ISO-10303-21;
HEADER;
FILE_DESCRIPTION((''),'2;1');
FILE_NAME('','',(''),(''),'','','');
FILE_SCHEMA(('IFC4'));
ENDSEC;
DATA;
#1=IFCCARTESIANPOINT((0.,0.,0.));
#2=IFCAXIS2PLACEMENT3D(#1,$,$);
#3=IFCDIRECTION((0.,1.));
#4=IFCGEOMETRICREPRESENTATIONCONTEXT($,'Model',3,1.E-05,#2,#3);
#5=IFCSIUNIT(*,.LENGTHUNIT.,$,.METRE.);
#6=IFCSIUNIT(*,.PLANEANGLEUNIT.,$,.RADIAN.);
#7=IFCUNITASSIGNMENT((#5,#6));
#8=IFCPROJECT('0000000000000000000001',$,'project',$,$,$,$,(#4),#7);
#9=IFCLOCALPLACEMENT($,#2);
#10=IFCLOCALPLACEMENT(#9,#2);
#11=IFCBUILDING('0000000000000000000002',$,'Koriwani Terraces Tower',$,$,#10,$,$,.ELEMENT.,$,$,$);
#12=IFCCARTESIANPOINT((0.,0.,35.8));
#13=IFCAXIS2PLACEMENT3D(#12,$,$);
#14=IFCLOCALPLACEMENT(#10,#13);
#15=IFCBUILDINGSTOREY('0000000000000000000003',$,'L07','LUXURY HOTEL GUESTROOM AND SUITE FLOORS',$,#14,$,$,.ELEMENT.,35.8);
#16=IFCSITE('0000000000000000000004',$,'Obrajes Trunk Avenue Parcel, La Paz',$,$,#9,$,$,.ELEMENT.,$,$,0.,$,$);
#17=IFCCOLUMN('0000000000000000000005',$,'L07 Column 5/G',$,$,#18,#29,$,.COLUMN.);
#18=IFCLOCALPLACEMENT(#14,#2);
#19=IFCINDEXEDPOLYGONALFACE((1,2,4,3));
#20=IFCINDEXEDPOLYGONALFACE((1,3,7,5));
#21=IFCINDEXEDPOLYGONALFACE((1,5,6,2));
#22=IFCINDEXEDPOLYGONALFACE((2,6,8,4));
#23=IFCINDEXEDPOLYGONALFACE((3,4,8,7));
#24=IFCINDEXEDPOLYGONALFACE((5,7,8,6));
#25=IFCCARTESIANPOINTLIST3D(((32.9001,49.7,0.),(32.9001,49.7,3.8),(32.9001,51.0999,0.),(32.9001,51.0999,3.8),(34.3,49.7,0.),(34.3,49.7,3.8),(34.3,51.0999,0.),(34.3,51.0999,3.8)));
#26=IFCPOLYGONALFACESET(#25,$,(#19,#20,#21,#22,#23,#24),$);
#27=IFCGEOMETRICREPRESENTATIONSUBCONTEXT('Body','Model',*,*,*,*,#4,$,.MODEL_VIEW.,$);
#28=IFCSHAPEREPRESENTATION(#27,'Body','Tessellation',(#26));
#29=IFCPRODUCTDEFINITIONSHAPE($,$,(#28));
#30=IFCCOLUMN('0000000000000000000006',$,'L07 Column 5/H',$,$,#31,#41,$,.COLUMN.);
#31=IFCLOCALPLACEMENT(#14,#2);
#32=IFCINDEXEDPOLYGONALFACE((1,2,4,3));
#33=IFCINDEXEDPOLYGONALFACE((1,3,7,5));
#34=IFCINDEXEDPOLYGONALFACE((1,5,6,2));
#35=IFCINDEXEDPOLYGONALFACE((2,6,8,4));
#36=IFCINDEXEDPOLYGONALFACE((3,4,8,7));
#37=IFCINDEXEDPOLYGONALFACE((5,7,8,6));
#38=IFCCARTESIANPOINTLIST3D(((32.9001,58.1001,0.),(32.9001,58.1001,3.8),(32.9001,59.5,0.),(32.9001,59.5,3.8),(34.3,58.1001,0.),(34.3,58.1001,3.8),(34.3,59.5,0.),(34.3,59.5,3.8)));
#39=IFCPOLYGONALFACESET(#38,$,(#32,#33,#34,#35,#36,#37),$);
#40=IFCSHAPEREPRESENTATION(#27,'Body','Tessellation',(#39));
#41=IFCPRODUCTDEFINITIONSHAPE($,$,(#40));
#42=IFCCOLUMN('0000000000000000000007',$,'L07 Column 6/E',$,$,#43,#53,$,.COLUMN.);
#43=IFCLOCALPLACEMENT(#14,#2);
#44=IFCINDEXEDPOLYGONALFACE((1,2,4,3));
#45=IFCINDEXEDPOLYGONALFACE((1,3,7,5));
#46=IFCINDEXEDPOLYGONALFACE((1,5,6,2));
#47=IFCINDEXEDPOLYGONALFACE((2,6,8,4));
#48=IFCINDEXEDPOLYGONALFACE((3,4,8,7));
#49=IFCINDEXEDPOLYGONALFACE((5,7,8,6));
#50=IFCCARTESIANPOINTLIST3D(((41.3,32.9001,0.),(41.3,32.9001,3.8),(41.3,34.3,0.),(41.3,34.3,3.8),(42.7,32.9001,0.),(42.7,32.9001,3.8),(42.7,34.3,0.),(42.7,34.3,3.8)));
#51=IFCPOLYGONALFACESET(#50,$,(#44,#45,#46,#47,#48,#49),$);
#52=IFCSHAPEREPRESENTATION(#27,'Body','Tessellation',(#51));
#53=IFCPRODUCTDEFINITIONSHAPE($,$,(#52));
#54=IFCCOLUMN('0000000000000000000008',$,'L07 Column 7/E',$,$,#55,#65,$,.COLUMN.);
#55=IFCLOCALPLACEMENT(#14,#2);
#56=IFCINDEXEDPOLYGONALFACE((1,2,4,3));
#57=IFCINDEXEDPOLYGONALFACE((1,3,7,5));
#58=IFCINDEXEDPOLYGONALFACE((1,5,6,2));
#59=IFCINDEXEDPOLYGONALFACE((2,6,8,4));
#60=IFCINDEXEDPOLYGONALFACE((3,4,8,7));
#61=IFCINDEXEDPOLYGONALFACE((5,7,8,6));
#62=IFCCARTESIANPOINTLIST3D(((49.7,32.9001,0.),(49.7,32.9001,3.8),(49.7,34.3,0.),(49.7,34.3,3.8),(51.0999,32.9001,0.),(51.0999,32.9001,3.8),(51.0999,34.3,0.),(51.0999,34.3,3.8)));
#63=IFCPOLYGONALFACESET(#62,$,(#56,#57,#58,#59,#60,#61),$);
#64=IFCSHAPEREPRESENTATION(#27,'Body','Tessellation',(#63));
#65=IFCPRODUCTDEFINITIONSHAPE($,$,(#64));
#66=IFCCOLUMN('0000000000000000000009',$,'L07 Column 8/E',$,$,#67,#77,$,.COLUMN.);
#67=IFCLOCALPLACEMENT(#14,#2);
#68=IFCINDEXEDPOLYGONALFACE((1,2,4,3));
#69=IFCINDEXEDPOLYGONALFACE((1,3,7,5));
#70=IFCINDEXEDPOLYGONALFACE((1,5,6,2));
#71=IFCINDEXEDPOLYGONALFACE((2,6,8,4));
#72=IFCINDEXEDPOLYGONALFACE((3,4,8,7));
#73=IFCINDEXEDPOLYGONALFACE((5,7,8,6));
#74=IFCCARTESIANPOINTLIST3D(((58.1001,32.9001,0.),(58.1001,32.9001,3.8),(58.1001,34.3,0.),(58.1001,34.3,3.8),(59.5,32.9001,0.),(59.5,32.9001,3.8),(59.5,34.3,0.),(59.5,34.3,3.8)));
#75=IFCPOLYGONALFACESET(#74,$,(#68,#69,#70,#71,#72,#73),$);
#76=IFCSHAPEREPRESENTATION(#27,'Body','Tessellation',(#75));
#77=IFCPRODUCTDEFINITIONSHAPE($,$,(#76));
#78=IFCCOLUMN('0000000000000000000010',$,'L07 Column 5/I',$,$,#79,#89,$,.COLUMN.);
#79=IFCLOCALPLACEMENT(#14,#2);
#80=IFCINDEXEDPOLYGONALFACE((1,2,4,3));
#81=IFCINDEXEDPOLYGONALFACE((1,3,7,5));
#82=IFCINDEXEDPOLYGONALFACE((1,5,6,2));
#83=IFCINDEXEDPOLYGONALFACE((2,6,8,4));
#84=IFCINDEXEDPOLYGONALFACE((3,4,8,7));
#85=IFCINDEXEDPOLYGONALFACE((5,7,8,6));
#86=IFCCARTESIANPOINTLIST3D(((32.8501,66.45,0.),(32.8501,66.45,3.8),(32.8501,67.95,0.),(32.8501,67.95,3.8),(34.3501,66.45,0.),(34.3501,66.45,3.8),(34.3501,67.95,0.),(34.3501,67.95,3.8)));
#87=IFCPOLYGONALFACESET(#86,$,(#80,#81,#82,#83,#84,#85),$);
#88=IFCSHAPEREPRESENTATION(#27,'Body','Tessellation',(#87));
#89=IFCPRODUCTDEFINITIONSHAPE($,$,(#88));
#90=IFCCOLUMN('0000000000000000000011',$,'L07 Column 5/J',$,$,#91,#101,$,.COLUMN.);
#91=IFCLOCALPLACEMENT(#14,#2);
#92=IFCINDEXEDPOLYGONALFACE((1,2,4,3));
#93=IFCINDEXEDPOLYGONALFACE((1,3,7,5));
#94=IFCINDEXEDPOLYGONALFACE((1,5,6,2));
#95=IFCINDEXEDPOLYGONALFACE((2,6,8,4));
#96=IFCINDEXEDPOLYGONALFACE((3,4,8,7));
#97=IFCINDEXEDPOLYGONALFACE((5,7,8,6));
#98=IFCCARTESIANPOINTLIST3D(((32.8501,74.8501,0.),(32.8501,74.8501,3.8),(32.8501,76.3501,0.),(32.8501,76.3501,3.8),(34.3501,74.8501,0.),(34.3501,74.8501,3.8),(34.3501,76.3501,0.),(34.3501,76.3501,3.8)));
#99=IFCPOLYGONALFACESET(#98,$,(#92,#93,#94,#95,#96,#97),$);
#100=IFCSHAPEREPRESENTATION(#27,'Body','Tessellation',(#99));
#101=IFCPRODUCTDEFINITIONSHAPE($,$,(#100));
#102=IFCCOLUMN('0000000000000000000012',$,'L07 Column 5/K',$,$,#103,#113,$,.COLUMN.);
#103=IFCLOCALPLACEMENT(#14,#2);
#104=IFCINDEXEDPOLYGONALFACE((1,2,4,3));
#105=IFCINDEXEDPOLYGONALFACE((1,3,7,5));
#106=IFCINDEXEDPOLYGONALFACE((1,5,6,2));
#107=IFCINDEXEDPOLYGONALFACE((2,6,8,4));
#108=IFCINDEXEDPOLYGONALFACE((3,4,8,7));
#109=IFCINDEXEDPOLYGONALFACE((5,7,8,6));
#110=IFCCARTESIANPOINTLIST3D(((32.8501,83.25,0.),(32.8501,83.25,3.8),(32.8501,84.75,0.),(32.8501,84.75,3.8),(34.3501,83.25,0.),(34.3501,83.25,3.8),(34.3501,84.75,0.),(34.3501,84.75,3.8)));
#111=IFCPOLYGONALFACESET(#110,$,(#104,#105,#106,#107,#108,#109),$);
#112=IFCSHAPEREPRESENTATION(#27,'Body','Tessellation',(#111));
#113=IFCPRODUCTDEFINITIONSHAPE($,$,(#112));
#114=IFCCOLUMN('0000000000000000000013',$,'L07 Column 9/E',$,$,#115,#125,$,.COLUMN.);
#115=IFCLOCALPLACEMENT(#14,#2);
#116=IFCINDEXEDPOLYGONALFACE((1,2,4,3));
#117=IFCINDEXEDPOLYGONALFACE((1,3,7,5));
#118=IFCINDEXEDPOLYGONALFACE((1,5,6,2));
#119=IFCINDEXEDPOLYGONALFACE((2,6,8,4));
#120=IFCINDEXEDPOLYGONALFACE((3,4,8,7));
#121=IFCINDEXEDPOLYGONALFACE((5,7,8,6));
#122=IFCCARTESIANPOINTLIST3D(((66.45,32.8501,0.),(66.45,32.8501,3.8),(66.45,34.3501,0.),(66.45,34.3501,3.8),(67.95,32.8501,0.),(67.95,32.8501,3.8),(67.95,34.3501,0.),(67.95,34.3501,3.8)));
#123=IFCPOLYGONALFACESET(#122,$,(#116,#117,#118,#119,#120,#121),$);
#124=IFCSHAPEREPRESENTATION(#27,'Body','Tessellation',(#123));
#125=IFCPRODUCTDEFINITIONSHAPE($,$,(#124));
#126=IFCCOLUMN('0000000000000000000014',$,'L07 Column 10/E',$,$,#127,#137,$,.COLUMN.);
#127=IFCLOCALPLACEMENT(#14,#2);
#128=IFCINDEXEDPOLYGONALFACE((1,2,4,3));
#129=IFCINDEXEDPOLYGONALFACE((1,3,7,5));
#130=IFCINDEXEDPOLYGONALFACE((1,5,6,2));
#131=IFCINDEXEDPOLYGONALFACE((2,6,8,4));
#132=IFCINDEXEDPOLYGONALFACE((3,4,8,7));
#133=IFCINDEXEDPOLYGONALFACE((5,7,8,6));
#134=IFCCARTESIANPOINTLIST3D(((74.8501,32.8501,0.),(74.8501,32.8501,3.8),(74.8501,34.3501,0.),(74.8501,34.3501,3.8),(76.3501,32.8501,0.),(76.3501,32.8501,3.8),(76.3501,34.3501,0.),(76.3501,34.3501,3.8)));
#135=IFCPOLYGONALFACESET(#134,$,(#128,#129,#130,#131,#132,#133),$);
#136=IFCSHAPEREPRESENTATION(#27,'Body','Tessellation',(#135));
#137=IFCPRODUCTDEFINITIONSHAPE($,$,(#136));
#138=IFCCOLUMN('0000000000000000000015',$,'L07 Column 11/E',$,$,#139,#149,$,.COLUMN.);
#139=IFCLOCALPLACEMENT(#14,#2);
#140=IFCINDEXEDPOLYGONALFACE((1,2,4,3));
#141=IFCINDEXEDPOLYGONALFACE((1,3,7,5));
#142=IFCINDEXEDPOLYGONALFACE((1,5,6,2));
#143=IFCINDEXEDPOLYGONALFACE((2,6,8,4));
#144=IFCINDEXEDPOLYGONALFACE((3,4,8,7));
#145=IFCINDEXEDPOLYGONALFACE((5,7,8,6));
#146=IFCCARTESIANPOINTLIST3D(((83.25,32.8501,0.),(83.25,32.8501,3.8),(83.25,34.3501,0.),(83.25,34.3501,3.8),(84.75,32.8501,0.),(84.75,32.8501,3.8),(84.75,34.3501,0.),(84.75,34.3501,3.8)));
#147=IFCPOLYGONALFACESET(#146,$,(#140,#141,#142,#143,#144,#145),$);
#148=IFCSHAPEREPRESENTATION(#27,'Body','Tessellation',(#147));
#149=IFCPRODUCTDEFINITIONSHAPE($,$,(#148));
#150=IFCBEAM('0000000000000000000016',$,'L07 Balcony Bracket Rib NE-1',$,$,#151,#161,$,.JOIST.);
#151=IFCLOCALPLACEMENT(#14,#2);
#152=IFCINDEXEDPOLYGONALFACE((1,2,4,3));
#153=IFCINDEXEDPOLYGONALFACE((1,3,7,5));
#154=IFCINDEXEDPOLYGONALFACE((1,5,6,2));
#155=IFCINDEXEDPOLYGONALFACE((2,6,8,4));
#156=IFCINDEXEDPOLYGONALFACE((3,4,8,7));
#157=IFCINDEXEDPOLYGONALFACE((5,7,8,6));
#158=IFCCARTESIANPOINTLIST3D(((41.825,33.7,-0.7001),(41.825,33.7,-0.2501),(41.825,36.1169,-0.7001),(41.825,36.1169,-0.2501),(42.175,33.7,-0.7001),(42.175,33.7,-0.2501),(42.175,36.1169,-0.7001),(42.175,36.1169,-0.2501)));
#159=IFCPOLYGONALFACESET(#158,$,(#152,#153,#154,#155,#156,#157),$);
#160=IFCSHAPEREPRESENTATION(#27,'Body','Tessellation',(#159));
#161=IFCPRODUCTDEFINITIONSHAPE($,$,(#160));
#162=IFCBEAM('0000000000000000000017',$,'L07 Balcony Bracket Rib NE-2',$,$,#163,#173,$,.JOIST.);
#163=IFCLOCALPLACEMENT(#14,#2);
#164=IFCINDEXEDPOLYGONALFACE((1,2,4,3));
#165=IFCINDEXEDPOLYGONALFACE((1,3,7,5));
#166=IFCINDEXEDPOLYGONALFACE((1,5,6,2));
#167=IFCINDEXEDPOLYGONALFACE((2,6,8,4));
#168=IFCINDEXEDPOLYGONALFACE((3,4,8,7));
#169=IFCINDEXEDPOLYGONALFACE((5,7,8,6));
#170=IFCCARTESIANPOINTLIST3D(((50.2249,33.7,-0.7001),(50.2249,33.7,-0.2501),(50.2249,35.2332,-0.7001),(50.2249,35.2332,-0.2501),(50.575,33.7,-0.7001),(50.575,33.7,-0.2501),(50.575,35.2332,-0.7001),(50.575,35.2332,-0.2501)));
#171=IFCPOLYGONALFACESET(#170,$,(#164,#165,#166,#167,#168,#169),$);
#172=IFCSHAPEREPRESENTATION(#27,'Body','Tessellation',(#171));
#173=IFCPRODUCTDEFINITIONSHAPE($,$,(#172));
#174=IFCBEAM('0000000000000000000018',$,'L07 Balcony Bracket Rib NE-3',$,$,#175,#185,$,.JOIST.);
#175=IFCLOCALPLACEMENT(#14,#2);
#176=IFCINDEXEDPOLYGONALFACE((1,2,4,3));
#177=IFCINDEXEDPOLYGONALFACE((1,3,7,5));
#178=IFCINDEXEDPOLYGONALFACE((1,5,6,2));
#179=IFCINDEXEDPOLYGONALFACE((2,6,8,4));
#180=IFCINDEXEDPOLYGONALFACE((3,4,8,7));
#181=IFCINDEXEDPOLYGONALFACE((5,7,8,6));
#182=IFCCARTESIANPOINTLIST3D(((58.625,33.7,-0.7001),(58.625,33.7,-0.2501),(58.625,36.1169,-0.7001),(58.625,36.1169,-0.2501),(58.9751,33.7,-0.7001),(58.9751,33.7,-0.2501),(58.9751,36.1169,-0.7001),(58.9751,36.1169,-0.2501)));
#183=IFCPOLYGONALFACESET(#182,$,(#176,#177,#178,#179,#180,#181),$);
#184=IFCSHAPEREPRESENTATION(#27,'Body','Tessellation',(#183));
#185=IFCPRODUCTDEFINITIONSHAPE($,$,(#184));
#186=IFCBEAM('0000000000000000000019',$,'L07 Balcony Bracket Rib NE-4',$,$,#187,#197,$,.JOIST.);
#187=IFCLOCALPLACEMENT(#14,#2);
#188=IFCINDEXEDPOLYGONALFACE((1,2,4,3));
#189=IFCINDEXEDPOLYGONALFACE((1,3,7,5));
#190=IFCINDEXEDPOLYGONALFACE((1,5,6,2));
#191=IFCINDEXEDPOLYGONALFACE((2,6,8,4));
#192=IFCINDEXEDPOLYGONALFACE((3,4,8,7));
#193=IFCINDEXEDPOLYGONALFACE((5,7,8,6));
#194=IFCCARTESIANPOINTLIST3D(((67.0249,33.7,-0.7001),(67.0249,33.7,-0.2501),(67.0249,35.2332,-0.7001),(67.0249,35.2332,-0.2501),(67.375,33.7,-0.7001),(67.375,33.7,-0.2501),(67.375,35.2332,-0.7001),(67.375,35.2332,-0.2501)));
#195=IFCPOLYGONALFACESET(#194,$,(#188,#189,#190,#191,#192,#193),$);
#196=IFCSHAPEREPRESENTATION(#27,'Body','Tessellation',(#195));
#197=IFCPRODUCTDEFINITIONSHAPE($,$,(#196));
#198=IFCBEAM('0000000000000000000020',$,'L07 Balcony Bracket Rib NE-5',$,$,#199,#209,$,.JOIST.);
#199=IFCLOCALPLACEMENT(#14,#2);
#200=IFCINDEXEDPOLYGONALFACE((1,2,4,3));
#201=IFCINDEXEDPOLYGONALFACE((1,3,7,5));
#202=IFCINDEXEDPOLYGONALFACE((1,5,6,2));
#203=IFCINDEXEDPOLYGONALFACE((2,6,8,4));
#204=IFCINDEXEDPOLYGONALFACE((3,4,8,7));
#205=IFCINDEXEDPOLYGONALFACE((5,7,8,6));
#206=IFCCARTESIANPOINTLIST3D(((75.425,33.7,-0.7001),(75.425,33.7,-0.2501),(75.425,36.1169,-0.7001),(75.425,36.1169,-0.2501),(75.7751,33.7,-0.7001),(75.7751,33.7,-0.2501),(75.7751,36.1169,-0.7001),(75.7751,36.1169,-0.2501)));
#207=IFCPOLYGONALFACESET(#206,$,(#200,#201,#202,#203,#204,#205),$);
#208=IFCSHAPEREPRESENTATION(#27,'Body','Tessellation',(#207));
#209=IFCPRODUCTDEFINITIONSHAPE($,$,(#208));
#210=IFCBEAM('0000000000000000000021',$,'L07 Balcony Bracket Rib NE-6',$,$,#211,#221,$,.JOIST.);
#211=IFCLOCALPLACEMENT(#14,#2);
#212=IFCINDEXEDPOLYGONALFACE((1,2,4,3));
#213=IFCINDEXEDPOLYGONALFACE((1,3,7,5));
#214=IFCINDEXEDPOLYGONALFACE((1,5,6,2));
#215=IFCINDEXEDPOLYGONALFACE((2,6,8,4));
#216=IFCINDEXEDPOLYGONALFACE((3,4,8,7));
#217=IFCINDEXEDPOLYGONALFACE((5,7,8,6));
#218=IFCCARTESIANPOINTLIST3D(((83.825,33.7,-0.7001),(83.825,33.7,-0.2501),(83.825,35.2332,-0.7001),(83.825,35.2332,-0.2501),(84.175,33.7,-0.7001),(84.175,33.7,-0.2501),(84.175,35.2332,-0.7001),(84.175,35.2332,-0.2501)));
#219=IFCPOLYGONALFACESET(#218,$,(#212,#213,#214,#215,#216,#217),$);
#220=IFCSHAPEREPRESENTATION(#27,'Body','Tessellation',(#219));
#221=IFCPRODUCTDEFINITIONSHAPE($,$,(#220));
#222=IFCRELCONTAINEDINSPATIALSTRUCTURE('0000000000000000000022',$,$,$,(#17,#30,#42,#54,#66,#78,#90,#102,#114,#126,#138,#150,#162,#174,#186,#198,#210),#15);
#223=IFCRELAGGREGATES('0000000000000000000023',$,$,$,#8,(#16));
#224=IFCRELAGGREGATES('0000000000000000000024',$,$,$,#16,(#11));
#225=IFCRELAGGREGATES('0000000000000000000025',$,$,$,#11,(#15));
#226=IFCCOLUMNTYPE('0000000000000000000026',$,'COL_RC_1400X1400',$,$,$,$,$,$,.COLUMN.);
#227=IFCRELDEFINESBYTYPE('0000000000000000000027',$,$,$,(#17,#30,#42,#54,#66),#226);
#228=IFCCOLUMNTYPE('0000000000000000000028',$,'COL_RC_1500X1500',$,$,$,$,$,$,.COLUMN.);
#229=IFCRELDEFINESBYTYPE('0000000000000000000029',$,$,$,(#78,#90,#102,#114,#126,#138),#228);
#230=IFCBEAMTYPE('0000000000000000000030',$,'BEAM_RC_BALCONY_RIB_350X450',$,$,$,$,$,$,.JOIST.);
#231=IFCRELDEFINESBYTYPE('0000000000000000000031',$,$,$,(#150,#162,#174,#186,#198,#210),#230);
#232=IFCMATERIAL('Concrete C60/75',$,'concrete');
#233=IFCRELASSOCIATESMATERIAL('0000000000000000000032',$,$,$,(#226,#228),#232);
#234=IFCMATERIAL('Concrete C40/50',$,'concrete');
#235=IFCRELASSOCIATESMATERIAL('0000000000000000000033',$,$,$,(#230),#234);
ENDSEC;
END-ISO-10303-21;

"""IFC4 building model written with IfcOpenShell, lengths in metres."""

from ifc_helpers import new_model, si_unit, direction, frame, origin, origin_2d, place, context, subcontext, project, spatial, rectangle, extrude, material, material_profile, profile_set, type_object, element, save


model = new_model("IFC4")

# Units and contexts
model_context = context("Model", 3, precision=1e-05, world=origin(), true_north=direction((0.0, 1.0)))
body_context = subcontext(model_context, "Body", "Model", "MODEL_VIEW")
ifc_project = project(units=[si_unit("LENGTHUNIT", "METRE"), si_unit("PLANEANGLEUNIT", "RADIAN")], contexts=[model_context])

# Site, building, storey
site_placement = place(None, origin())
site = spatial("IfcSite", under=ifc_project, at=site_placement, Name="Obrajes Trunk Avenue Parcel, La Paz", CompositionType="ELEMENT", RefElevation=0.0)
building_placement = place(site_placement, origin())
building = spatial("IfcBuilding", under=site, at=building_placement, Name="Koriwani Terraces Tower", CompositionType="ELEMENT")
storey_placement = place(building_placement, frame((0.0, 0.0, 35.8)))
storey = spatial("IfcBuildingStorey", under=building, at=storey_placement, Name="L07", Description="LUXURY HOTEL GUESTROOM AND SUITE FLOORS", CompositionType="ELEMENT", Elevation=35.8)

# Columns
ifc_material_1 = material(Name="Concrete C60/75", Category="concrete")
ifc_material_profile_1 = material_profile(ifc_material_1, rectangle(XDim=1.3999, YDim=1.3999, at=origin_2d()), Name="Concrete C60/75", Category="LoadBearing")
ifc_profile_set_1 = profile_set([ifc_material_profile_1], Name="Concrete C60/75")
column_type_1 = type_object("IfcColumnType", Name="COL_RC_1400X1400", PredefinedType="COLUMN", material=ifc_profile_set_1)
for number, where, z_axis, x_axis, name in (
    (1, (33.6001, 50.3999, 0.0), (0.0, 0.0, 1.0), (1.0, 0.0, 0.0), "L07 Column 5/G"),
    (2, (33.6001, 58.8, 0.0), (0.0, 0.0, 1.0), (1.0, 0.0, 0.0), "L07 Column 5/H"),
    (3, (42.0, 33.6001, 0.0), (0.0, 0.0, 1.0), (1.0, 0.0, 0.0), "L07 Column 6/E"),
    (4, (50.3999, 33.6001, 0.0), (0.0, 0.0, 1.0), (1.0, 0.0, 0.0), "L07 Column 7/E"),
    (5, (58.8, 33.6001, 0.0), (0.0, 0.0, 1.0), (1.0, 0.0, 0.0), "L07 Column 8/E"),
):
    element("IfcColumn", number, at=place(storey_placement, frame(where, z_axis=z_axis, x_axis=x_axis)), inside=storey, type_object=column_type_1, Name=name, PredefinedType="COLUMN", context=body_context, shape_type="SweptSolid", body=[
        extrude(rectangle(XDim=1.3999, YDim=1.3999, at=origin_2d()), origin(), (0.0, 0.0, 1.0), 3.8),
    ])
ifc_material_profile_2 = material_profile(ifc_material_1, rectangle(XDim=1.5, YDim=1.5, at=origin_2d()), Name="Concrete C60/75", Category="LoadBearing")
ifc_profile_set_2 = profile_set([ifc_material_profile_2], Name="Concrete C60/75")
column_type_2 = type_object("IfcColumnType", Name="COL_RC_1500X1500", PredefinedType="COLUMN", material=ifc_profile_set_2)
for number, where, z_axis, x_axis, name in (
    (6, (33.6001, 67.2, 0.0), (0.0, 0.0, 1.0), (1.0, 0.0, 0.0), "L07 Column 5/I"),
    (7, (33.6001, 75.6001, 0.0), (0.0, 0.0, 1.0), (1.0, 0.0, 0.0), "L07 Column 5/J"),
    (8, (33.6001, 84.0, 0.0), (0.0, 0.0, 1.0), (1.0, 0.0, 0.0), "L07 Column 5/K"),
    (9, (67.2, 33.6001, 0.0), (0.0, 0.0, 1.0), (1.0, 0.0, 0.0), "L07 Column 9/E"),
    (10, (75.6001, 33.6001, 0.0), (0.0, 0.0, 1.0), (1.0, 0.0, 0.0), "L07 Column 10/E"),
    (11, (84.0, 33.6001, 0.0), (0.0, 0.0, 1.0), (1.0, 0.0, 0.0), "L07 Column 11/E"),
):
    element("IfcColumn", number, at=place(storey_placement, frame(where, z_axis=z_axis, x_axis=x_axis)), inside=storey, type_object=column_type_2, Name=name, PredefinedType="COLUMN", context=body_context, shape_type="SweptSolid", body=[
        extrude(rectangle(XDim=1.5, YDim=1.5, at=origin_2d()), origin(), (0.0, 0.0, 1.0), 3.8),
    ])

# Beams
ifc_material_2 = material(Name="Concrete C40/50", Category="concrete")
ifc_material_profile_3 = material_profile(ifc_material_2, rectangle(XDim=0.3501, YDim=0.45, at=origin_2d()), Name="Concrete C40/50", Category="LoadBearing")
ifc_profile_set_3 = profile_set([ifc_material_profile_3], Name="Concrete C40/50")
beam_type_1 = type_object("IfcBeamType", Name="BEAM_RC_BALCONY_RIB_350X450", PredefinedType="JOIST", material=ifc_profile_set_3)
beam_1_placement = place(storey_placement, frame((42.0, 33.7, -0.4751), z_axis=(0.0, 1.0, 0.0), x_axis=(-1.0, 0.0, 0.0)))
element("IfcBeam", 12, at=beam_1_placement, inside=storey, type_object=beam_type_1, Name="L07 Balcony Bracket Rib NE-1", PredefinedType="JOIST", context=body_context, shape_type="SweptSolid", body=[
    extrude(rectangle(XDim=0.3501, YDim=0.45, at=origin_2d()), origin(), (0.0, 0.0, 1.0), 2.417),
])
beam_2_placement = place(storey_placement, frame((50.3999, 33.7, -0.4751), z_axis=(0.0, 1.0, 0.0), x_axis=(-1.0, 0.0, 0.0)))
element("IfcBeam", 13, at=beam_2_placement, inside=storey, type_object=beam_type_1, Name="L07 Balcony Bracket Rib NE-2", PredefinedType="JOIST", context=body_context, shape_type="SweptSolid", body=[
    extrude(rectangle(XDim=0.3501, YDim=0.45, at=origin_2d()), origin(), (0.0, 0.0, 1.0), 1.5332),
])
beam_3_placement = place(storey_placement, frame((58.8, 33.7, -0.4751), z_axis=(0.0, 1.0, 0.0), x_axis=(-1.0, 0.0, 0.0)))
element("IfcBeam", 14, at=beam_3_placement, inside=storey, type_object=beam_type_1, Name="L07 Balcony Bracket Rib NE-3", PredefinedType="JOIST", context=body_context, shape_type="SweptSolid", body=[
    extrude(rectangle(XDim=0.3501, YDim=0.45, at=origin_2d()), origin(), (0.0, 0.0, 1.0), 2.417),
])
beam_4_placement = place(storey_placement, frame((67.2, 33.7, -0.4751), z_axis=(0.0, 1.0, 0.0), x_axis=(-1.0, 0.0, 0.0)))
element("IfcBeam", 15, at=beam_4_placement, inside=storey, type_object=beam_type_1, Name="L07 Balcony Bracket Rib NE-4", PredefinedType="JOIST", context=body_context, shape_type="SweptSolid", body=[
    extrude(rectangle(XDim=0.3501, YDim=0.45, at=origin_2d()), origin(), (0.0, 0.0, 1.0), 1.5332),
])
beam_5_placement = place(storey_placement, frame((75.6001, 33.7, -0.4751), z_axis=(0.0, 1.0, 0.0), x_axis=(-1.0, 0.0, 0.0)))
element("IfcBeam", 16, at=beam_5_placement, inside=storey, type_object=beam_type_1, Name="L07 Balcony Bracket Rib NE-5", PredefinedType="JOIST", context=body_context, shape_type="SweptSolid", body=[
    extrude(rectangle(XDim=0.3501, YDim=0.45, at=origin_2d()), origin(), (0.0, 0.0, 1.0), 2.417),
])
beam_6_placement = place(storey_placement, frame((84.0, 33.7, -0.4751), z_axis=(0.0, 1.0, 0.0), x_axis=(-1.0, 0.0, 0.0)))
element("IfcBeam", 17, at=beam_6_placement, inside=storey, type_object=beam_type_1, Name="L07 Balcony Bracket Rib NE-6", PredefinedType="JOIST", context=body_context, shape_type="SweptSolid", body=[
    extrude(rectangle(XDim=0.3501, YDim=0.45, at=origin_2d()), origin(), (0.0, 0.0, 1.0), 1.5332),
])

save(model, "model.ifc")
